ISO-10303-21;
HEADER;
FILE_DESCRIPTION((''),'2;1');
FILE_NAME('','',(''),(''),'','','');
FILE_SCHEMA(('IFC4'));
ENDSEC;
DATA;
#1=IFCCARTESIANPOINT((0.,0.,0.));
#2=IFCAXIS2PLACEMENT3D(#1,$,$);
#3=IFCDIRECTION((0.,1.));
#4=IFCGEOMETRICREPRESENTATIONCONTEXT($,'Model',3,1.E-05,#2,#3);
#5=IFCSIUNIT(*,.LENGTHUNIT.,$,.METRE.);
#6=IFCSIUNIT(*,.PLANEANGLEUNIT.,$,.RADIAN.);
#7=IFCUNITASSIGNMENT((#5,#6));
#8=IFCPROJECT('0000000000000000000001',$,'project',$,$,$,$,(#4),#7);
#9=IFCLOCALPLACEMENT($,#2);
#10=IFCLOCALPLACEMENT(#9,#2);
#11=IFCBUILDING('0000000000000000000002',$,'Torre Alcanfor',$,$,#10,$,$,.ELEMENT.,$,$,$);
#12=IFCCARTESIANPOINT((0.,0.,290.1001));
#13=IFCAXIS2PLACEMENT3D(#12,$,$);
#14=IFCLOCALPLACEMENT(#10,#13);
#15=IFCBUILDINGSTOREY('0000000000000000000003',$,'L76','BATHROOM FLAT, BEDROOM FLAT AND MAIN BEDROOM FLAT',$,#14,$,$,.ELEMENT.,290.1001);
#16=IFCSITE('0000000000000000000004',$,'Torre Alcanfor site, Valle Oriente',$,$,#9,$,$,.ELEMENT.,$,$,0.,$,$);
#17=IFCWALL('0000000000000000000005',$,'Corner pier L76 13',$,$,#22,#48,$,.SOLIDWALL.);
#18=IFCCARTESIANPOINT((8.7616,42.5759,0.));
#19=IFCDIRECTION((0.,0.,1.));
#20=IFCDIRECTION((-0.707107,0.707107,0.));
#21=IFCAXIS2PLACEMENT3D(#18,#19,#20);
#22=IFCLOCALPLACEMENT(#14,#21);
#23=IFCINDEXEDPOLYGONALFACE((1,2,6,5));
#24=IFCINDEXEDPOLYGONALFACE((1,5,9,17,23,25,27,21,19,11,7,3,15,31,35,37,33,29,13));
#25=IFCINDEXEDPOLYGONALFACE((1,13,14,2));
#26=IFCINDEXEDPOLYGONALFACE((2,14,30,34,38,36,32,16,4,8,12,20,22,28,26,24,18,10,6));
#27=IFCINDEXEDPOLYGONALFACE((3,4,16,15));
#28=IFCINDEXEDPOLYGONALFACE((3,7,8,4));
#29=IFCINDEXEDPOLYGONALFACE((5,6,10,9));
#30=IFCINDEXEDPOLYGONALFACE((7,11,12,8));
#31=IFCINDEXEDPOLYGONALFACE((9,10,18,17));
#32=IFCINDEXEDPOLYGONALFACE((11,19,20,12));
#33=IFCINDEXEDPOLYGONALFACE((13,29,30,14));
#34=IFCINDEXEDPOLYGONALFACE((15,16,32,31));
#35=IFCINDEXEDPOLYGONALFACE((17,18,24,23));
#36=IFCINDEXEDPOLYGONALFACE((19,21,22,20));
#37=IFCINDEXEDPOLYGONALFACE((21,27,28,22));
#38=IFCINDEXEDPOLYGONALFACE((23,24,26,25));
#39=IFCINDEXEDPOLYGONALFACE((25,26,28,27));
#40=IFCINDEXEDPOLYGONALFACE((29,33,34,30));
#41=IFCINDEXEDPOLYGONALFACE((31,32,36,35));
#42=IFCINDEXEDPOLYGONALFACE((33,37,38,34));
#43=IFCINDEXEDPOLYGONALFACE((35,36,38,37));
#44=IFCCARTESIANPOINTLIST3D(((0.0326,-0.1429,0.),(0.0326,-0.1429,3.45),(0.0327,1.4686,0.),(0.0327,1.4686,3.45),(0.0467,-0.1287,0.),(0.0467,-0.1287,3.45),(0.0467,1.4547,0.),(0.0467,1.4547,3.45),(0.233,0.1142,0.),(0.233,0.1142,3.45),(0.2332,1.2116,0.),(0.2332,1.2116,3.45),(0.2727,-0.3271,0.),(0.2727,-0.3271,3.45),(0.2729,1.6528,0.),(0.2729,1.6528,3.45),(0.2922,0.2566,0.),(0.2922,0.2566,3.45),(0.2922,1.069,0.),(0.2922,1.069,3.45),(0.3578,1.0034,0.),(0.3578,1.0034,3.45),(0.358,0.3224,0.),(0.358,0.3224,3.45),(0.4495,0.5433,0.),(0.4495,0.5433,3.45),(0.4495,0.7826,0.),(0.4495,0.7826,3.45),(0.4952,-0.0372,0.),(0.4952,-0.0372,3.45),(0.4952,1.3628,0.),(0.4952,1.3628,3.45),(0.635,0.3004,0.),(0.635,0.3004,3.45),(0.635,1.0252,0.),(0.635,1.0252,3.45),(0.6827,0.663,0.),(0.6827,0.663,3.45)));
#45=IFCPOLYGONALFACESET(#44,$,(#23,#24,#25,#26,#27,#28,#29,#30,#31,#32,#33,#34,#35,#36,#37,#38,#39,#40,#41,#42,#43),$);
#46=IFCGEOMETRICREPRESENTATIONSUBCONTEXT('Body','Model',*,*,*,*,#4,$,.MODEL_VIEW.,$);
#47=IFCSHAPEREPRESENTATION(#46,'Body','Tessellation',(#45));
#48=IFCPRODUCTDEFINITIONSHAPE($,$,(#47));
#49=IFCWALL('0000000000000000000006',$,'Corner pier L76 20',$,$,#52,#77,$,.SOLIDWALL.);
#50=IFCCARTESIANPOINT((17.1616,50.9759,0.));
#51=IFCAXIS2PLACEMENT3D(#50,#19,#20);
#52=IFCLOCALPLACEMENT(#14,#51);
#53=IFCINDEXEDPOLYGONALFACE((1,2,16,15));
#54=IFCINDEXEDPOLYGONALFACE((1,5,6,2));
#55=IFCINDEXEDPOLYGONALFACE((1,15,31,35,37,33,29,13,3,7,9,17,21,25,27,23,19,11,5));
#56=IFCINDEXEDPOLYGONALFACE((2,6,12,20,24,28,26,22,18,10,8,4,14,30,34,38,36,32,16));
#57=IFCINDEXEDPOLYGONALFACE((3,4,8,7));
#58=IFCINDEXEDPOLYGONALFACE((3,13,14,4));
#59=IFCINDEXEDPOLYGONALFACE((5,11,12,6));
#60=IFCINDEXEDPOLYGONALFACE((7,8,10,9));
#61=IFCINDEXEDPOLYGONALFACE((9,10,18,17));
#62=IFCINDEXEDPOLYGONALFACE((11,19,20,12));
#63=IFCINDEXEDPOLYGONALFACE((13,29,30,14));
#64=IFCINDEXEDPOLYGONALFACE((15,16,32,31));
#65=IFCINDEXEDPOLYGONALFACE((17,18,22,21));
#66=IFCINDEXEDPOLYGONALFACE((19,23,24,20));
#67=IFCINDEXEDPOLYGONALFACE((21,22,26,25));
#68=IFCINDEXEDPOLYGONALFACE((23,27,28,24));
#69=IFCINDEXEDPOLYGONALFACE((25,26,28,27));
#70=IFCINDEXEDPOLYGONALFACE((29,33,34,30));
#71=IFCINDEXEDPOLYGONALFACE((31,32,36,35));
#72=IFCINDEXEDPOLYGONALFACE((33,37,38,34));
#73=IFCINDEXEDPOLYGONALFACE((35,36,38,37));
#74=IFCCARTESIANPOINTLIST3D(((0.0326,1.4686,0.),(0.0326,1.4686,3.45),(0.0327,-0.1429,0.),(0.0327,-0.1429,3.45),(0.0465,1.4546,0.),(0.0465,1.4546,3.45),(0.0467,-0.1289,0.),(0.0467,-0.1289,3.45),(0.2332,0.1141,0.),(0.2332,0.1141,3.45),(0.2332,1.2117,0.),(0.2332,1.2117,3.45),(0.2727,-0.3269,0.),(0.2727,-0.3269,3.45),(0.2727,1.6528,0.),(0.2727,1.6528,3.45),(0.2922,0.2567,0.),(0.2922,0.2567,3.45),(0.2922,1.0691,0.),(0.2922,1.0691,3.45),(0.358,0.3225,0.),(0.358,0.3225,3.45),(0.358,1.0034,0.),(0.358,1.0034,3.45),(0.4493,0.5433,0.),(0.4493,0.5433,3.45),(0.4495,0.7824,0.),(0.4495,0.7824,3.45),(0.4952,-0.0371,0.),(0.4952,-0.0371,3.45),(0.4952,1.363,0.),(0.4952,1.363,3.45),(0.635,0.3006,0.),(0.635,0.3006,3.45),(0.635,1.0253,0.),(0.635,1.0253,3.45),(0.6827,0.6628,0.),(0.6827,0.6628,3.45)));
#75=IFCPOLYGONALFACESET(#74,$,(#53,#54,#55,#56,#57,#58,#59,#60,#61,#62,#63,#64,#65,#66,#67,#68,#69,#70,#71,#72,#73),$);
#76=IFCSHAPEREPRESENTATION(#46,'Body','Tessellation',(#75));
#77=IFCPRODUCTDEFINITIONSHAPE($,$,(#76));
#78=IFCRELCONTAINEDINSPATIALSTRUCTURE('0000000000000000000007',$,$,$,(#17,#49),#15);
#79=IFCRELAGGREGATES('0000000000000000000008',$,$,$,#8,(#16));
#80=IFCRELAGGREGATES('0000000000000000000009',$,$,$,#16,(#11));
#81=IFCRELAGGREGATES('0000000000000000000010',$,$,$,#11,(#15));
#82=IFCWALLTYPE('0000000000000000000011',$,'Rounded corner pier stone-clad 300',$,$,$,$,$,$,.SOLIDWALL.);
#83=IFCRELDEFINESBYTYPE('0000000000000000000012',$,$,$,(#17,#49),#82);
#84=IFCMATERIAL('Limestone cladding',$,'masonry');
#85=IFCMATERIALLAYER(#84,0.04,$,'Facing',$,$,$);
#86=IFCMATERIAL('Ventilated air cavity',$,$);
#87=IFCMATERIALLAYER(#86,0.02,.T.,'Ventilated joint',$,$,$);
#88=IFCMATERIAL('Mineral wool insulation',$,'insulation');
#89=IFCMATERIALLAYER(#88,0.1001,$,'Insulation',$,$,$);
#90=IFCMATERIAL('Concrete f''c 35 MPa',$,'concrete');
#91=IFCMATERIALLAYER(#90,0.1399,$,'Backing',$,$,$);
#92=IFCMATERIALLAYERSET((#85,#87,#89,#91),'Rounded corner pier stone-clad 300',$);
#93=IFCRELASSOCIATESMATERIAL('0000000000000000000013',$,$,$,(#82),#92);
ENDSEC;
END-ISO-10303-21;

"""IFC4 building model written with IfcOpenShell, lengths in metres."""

from ifc_helpers import new_model, si_unit, direction, frame, origin, place, context, subcontext, project, spatial, polyline, outline, extrude, material, layer, layer_set, type_object, element, save


model = new_model("IFC4")

# Units and contexts
model_context = context("Model", 3, precision=1e-05, world=origin(), true_north=direction((0.0, 1.0)))
body_context = subcontext(model_context, "Body", "Model", "MODEL_VIEW")
ifc_project = project(units=[si_unit("LENGTHUNIT", "METRE"), si_unit("PLANEANGLEUNIT", "RADIAN")], contexts=[model_context])

# Site, building, storey
site_placement = place(None, origin())
site = spatial("IfcSite", under=ifc_project, at=site_placement, Name="Torre Alcanfor site, Valle Oriente", CompositionType="ELEMENT", RefElevation=0.0)
building_placement = place(site_placement, origin())
building = spatial("IfcBuilding", under=site, at=building_placement, Name="Torre Alcanfor", CompositionType="ELEMENT")
storey_placement = place(building_placement, frame((0.0, 0.0, 290.1001)))
storey = spatial("IfcBuildingStorey", under=building, at=storey_placement, Name="L76", Description="BATHROOM FLAT, BEDROOM FLAT AND MAIN BEDROOM FLAT", CompositionType="ELEMENT", Elevation=290.1001)

# Shared definitions
ifc_material_1 = material(Name="Limestone cladding", Category="masonry")
ifc_material_2 = material(Name="Ventilated air cavity")
ifc_material_3 = material(Name="Mineral wool insulation", Category="insulation")
ifc_material_4 = material(Name="Concrete f'c 35 MPa", Category="concrete")

# Walls
ifc_layer_1 = layer(ifc_material_1, 0.04, Name="Facing")
ifc_layer_2 = layer(ifc_material_2, 0.02, ventilated=True, Name="Ventilated joint")
ifc_layer_3 = layer(ifc_material_3, 0.1001, Name="Insulation")
ifc_layer_4 = layer(ifc_material_4, 0.1399, Name="Backing")
ifc_layer_set_1 = layer_set([ifc_layer_1, ifc_layer_2, ifc_layer_3, ifc_layer_4], Name="Rounded corner pier stone-clad 300")
wall_type_1 = type_object("IfcWallType", Name="Rounded corner pier stone-clad 300", PredefinedType="SOLIDWALL", material=ifc_layer_set_1)
wall_1_placement = place(storey_placement, frame((8.7616, 42.5759, 0.0), z_axis=(0.0, 0.0, 1.0), x_axis=(-0.707107, 0.707107, 0.0)))
element("IfcWall", 1, at=wall_1_placement, inside=storey, type_object=wall_type_1, Name="Corner pier L76 13", PredefinedType="SOLIDWALL", context=body_context, shape_type="SweptSolid", body=[
    extrude(outline(polyline([(0.233, 0.1142), (0.0467, -0.1287), (0.0326, -0.1429), (0.2727, -0.3271), (0.4952, -0.0372), (0.635, 0.3004), (0.6827, 0.663), (0.635, 1.0252), (0.4952, 1.3628), (0.2729, 1.6528), (0.0327, 1.4686), (0.0467, 1.4547), (0.2332, 1.2116), (0.2922, 1.069), (0.3578, 1.0034), (0.4495, 0.7826), (0.4495, 0.5433), (0.358, 0.3224), (0.2922, 0.2566), (0.233, 0.1142)])), origin(), (0.0, 0.0, 1.0), 3.45),
])
wall_2_placement = place(storey_placement, frame((17.1616, 50.9759, 0.0), z_axis=(0.0, 0.0, 1.0), x_axis=(-0.707107, 0.707107, 0.0)))
element("IfcWall", 2, at=wall_2_placement, inside=storey, type_object=wall_type_1, Name="Corner pier L76 20", PredefinedType="SOLIDWALL", context=body_context, shape_type="SweptSolid", body=[
    extrude(outline(polyline([(0.0467, -0.1289), (0.0327, -0.1429), (0.2727, -0.3269), (0.4952, -0.0371), (0.635, 0.3006), (0.6827, 0.6628), (0.635, 1.0253), (0.4952, 1.363), (0.2727, 1.6528), (0.0326, 1.4686), (0.0465, 1.4546), (0.2332, 1.2117), (0.2922, 1.0691), (0.358, 1.0034), (0.4495, 0.7824), (0.4493, 0.5433), (0.358, 0.3225), (0.2922, 0.2567), (0.2332, 0.1141), (0.0467, -0.1289)])), origin(), (0.0, 0.0, 1.0), 3.45),
])

save(model, "model.ifc")
